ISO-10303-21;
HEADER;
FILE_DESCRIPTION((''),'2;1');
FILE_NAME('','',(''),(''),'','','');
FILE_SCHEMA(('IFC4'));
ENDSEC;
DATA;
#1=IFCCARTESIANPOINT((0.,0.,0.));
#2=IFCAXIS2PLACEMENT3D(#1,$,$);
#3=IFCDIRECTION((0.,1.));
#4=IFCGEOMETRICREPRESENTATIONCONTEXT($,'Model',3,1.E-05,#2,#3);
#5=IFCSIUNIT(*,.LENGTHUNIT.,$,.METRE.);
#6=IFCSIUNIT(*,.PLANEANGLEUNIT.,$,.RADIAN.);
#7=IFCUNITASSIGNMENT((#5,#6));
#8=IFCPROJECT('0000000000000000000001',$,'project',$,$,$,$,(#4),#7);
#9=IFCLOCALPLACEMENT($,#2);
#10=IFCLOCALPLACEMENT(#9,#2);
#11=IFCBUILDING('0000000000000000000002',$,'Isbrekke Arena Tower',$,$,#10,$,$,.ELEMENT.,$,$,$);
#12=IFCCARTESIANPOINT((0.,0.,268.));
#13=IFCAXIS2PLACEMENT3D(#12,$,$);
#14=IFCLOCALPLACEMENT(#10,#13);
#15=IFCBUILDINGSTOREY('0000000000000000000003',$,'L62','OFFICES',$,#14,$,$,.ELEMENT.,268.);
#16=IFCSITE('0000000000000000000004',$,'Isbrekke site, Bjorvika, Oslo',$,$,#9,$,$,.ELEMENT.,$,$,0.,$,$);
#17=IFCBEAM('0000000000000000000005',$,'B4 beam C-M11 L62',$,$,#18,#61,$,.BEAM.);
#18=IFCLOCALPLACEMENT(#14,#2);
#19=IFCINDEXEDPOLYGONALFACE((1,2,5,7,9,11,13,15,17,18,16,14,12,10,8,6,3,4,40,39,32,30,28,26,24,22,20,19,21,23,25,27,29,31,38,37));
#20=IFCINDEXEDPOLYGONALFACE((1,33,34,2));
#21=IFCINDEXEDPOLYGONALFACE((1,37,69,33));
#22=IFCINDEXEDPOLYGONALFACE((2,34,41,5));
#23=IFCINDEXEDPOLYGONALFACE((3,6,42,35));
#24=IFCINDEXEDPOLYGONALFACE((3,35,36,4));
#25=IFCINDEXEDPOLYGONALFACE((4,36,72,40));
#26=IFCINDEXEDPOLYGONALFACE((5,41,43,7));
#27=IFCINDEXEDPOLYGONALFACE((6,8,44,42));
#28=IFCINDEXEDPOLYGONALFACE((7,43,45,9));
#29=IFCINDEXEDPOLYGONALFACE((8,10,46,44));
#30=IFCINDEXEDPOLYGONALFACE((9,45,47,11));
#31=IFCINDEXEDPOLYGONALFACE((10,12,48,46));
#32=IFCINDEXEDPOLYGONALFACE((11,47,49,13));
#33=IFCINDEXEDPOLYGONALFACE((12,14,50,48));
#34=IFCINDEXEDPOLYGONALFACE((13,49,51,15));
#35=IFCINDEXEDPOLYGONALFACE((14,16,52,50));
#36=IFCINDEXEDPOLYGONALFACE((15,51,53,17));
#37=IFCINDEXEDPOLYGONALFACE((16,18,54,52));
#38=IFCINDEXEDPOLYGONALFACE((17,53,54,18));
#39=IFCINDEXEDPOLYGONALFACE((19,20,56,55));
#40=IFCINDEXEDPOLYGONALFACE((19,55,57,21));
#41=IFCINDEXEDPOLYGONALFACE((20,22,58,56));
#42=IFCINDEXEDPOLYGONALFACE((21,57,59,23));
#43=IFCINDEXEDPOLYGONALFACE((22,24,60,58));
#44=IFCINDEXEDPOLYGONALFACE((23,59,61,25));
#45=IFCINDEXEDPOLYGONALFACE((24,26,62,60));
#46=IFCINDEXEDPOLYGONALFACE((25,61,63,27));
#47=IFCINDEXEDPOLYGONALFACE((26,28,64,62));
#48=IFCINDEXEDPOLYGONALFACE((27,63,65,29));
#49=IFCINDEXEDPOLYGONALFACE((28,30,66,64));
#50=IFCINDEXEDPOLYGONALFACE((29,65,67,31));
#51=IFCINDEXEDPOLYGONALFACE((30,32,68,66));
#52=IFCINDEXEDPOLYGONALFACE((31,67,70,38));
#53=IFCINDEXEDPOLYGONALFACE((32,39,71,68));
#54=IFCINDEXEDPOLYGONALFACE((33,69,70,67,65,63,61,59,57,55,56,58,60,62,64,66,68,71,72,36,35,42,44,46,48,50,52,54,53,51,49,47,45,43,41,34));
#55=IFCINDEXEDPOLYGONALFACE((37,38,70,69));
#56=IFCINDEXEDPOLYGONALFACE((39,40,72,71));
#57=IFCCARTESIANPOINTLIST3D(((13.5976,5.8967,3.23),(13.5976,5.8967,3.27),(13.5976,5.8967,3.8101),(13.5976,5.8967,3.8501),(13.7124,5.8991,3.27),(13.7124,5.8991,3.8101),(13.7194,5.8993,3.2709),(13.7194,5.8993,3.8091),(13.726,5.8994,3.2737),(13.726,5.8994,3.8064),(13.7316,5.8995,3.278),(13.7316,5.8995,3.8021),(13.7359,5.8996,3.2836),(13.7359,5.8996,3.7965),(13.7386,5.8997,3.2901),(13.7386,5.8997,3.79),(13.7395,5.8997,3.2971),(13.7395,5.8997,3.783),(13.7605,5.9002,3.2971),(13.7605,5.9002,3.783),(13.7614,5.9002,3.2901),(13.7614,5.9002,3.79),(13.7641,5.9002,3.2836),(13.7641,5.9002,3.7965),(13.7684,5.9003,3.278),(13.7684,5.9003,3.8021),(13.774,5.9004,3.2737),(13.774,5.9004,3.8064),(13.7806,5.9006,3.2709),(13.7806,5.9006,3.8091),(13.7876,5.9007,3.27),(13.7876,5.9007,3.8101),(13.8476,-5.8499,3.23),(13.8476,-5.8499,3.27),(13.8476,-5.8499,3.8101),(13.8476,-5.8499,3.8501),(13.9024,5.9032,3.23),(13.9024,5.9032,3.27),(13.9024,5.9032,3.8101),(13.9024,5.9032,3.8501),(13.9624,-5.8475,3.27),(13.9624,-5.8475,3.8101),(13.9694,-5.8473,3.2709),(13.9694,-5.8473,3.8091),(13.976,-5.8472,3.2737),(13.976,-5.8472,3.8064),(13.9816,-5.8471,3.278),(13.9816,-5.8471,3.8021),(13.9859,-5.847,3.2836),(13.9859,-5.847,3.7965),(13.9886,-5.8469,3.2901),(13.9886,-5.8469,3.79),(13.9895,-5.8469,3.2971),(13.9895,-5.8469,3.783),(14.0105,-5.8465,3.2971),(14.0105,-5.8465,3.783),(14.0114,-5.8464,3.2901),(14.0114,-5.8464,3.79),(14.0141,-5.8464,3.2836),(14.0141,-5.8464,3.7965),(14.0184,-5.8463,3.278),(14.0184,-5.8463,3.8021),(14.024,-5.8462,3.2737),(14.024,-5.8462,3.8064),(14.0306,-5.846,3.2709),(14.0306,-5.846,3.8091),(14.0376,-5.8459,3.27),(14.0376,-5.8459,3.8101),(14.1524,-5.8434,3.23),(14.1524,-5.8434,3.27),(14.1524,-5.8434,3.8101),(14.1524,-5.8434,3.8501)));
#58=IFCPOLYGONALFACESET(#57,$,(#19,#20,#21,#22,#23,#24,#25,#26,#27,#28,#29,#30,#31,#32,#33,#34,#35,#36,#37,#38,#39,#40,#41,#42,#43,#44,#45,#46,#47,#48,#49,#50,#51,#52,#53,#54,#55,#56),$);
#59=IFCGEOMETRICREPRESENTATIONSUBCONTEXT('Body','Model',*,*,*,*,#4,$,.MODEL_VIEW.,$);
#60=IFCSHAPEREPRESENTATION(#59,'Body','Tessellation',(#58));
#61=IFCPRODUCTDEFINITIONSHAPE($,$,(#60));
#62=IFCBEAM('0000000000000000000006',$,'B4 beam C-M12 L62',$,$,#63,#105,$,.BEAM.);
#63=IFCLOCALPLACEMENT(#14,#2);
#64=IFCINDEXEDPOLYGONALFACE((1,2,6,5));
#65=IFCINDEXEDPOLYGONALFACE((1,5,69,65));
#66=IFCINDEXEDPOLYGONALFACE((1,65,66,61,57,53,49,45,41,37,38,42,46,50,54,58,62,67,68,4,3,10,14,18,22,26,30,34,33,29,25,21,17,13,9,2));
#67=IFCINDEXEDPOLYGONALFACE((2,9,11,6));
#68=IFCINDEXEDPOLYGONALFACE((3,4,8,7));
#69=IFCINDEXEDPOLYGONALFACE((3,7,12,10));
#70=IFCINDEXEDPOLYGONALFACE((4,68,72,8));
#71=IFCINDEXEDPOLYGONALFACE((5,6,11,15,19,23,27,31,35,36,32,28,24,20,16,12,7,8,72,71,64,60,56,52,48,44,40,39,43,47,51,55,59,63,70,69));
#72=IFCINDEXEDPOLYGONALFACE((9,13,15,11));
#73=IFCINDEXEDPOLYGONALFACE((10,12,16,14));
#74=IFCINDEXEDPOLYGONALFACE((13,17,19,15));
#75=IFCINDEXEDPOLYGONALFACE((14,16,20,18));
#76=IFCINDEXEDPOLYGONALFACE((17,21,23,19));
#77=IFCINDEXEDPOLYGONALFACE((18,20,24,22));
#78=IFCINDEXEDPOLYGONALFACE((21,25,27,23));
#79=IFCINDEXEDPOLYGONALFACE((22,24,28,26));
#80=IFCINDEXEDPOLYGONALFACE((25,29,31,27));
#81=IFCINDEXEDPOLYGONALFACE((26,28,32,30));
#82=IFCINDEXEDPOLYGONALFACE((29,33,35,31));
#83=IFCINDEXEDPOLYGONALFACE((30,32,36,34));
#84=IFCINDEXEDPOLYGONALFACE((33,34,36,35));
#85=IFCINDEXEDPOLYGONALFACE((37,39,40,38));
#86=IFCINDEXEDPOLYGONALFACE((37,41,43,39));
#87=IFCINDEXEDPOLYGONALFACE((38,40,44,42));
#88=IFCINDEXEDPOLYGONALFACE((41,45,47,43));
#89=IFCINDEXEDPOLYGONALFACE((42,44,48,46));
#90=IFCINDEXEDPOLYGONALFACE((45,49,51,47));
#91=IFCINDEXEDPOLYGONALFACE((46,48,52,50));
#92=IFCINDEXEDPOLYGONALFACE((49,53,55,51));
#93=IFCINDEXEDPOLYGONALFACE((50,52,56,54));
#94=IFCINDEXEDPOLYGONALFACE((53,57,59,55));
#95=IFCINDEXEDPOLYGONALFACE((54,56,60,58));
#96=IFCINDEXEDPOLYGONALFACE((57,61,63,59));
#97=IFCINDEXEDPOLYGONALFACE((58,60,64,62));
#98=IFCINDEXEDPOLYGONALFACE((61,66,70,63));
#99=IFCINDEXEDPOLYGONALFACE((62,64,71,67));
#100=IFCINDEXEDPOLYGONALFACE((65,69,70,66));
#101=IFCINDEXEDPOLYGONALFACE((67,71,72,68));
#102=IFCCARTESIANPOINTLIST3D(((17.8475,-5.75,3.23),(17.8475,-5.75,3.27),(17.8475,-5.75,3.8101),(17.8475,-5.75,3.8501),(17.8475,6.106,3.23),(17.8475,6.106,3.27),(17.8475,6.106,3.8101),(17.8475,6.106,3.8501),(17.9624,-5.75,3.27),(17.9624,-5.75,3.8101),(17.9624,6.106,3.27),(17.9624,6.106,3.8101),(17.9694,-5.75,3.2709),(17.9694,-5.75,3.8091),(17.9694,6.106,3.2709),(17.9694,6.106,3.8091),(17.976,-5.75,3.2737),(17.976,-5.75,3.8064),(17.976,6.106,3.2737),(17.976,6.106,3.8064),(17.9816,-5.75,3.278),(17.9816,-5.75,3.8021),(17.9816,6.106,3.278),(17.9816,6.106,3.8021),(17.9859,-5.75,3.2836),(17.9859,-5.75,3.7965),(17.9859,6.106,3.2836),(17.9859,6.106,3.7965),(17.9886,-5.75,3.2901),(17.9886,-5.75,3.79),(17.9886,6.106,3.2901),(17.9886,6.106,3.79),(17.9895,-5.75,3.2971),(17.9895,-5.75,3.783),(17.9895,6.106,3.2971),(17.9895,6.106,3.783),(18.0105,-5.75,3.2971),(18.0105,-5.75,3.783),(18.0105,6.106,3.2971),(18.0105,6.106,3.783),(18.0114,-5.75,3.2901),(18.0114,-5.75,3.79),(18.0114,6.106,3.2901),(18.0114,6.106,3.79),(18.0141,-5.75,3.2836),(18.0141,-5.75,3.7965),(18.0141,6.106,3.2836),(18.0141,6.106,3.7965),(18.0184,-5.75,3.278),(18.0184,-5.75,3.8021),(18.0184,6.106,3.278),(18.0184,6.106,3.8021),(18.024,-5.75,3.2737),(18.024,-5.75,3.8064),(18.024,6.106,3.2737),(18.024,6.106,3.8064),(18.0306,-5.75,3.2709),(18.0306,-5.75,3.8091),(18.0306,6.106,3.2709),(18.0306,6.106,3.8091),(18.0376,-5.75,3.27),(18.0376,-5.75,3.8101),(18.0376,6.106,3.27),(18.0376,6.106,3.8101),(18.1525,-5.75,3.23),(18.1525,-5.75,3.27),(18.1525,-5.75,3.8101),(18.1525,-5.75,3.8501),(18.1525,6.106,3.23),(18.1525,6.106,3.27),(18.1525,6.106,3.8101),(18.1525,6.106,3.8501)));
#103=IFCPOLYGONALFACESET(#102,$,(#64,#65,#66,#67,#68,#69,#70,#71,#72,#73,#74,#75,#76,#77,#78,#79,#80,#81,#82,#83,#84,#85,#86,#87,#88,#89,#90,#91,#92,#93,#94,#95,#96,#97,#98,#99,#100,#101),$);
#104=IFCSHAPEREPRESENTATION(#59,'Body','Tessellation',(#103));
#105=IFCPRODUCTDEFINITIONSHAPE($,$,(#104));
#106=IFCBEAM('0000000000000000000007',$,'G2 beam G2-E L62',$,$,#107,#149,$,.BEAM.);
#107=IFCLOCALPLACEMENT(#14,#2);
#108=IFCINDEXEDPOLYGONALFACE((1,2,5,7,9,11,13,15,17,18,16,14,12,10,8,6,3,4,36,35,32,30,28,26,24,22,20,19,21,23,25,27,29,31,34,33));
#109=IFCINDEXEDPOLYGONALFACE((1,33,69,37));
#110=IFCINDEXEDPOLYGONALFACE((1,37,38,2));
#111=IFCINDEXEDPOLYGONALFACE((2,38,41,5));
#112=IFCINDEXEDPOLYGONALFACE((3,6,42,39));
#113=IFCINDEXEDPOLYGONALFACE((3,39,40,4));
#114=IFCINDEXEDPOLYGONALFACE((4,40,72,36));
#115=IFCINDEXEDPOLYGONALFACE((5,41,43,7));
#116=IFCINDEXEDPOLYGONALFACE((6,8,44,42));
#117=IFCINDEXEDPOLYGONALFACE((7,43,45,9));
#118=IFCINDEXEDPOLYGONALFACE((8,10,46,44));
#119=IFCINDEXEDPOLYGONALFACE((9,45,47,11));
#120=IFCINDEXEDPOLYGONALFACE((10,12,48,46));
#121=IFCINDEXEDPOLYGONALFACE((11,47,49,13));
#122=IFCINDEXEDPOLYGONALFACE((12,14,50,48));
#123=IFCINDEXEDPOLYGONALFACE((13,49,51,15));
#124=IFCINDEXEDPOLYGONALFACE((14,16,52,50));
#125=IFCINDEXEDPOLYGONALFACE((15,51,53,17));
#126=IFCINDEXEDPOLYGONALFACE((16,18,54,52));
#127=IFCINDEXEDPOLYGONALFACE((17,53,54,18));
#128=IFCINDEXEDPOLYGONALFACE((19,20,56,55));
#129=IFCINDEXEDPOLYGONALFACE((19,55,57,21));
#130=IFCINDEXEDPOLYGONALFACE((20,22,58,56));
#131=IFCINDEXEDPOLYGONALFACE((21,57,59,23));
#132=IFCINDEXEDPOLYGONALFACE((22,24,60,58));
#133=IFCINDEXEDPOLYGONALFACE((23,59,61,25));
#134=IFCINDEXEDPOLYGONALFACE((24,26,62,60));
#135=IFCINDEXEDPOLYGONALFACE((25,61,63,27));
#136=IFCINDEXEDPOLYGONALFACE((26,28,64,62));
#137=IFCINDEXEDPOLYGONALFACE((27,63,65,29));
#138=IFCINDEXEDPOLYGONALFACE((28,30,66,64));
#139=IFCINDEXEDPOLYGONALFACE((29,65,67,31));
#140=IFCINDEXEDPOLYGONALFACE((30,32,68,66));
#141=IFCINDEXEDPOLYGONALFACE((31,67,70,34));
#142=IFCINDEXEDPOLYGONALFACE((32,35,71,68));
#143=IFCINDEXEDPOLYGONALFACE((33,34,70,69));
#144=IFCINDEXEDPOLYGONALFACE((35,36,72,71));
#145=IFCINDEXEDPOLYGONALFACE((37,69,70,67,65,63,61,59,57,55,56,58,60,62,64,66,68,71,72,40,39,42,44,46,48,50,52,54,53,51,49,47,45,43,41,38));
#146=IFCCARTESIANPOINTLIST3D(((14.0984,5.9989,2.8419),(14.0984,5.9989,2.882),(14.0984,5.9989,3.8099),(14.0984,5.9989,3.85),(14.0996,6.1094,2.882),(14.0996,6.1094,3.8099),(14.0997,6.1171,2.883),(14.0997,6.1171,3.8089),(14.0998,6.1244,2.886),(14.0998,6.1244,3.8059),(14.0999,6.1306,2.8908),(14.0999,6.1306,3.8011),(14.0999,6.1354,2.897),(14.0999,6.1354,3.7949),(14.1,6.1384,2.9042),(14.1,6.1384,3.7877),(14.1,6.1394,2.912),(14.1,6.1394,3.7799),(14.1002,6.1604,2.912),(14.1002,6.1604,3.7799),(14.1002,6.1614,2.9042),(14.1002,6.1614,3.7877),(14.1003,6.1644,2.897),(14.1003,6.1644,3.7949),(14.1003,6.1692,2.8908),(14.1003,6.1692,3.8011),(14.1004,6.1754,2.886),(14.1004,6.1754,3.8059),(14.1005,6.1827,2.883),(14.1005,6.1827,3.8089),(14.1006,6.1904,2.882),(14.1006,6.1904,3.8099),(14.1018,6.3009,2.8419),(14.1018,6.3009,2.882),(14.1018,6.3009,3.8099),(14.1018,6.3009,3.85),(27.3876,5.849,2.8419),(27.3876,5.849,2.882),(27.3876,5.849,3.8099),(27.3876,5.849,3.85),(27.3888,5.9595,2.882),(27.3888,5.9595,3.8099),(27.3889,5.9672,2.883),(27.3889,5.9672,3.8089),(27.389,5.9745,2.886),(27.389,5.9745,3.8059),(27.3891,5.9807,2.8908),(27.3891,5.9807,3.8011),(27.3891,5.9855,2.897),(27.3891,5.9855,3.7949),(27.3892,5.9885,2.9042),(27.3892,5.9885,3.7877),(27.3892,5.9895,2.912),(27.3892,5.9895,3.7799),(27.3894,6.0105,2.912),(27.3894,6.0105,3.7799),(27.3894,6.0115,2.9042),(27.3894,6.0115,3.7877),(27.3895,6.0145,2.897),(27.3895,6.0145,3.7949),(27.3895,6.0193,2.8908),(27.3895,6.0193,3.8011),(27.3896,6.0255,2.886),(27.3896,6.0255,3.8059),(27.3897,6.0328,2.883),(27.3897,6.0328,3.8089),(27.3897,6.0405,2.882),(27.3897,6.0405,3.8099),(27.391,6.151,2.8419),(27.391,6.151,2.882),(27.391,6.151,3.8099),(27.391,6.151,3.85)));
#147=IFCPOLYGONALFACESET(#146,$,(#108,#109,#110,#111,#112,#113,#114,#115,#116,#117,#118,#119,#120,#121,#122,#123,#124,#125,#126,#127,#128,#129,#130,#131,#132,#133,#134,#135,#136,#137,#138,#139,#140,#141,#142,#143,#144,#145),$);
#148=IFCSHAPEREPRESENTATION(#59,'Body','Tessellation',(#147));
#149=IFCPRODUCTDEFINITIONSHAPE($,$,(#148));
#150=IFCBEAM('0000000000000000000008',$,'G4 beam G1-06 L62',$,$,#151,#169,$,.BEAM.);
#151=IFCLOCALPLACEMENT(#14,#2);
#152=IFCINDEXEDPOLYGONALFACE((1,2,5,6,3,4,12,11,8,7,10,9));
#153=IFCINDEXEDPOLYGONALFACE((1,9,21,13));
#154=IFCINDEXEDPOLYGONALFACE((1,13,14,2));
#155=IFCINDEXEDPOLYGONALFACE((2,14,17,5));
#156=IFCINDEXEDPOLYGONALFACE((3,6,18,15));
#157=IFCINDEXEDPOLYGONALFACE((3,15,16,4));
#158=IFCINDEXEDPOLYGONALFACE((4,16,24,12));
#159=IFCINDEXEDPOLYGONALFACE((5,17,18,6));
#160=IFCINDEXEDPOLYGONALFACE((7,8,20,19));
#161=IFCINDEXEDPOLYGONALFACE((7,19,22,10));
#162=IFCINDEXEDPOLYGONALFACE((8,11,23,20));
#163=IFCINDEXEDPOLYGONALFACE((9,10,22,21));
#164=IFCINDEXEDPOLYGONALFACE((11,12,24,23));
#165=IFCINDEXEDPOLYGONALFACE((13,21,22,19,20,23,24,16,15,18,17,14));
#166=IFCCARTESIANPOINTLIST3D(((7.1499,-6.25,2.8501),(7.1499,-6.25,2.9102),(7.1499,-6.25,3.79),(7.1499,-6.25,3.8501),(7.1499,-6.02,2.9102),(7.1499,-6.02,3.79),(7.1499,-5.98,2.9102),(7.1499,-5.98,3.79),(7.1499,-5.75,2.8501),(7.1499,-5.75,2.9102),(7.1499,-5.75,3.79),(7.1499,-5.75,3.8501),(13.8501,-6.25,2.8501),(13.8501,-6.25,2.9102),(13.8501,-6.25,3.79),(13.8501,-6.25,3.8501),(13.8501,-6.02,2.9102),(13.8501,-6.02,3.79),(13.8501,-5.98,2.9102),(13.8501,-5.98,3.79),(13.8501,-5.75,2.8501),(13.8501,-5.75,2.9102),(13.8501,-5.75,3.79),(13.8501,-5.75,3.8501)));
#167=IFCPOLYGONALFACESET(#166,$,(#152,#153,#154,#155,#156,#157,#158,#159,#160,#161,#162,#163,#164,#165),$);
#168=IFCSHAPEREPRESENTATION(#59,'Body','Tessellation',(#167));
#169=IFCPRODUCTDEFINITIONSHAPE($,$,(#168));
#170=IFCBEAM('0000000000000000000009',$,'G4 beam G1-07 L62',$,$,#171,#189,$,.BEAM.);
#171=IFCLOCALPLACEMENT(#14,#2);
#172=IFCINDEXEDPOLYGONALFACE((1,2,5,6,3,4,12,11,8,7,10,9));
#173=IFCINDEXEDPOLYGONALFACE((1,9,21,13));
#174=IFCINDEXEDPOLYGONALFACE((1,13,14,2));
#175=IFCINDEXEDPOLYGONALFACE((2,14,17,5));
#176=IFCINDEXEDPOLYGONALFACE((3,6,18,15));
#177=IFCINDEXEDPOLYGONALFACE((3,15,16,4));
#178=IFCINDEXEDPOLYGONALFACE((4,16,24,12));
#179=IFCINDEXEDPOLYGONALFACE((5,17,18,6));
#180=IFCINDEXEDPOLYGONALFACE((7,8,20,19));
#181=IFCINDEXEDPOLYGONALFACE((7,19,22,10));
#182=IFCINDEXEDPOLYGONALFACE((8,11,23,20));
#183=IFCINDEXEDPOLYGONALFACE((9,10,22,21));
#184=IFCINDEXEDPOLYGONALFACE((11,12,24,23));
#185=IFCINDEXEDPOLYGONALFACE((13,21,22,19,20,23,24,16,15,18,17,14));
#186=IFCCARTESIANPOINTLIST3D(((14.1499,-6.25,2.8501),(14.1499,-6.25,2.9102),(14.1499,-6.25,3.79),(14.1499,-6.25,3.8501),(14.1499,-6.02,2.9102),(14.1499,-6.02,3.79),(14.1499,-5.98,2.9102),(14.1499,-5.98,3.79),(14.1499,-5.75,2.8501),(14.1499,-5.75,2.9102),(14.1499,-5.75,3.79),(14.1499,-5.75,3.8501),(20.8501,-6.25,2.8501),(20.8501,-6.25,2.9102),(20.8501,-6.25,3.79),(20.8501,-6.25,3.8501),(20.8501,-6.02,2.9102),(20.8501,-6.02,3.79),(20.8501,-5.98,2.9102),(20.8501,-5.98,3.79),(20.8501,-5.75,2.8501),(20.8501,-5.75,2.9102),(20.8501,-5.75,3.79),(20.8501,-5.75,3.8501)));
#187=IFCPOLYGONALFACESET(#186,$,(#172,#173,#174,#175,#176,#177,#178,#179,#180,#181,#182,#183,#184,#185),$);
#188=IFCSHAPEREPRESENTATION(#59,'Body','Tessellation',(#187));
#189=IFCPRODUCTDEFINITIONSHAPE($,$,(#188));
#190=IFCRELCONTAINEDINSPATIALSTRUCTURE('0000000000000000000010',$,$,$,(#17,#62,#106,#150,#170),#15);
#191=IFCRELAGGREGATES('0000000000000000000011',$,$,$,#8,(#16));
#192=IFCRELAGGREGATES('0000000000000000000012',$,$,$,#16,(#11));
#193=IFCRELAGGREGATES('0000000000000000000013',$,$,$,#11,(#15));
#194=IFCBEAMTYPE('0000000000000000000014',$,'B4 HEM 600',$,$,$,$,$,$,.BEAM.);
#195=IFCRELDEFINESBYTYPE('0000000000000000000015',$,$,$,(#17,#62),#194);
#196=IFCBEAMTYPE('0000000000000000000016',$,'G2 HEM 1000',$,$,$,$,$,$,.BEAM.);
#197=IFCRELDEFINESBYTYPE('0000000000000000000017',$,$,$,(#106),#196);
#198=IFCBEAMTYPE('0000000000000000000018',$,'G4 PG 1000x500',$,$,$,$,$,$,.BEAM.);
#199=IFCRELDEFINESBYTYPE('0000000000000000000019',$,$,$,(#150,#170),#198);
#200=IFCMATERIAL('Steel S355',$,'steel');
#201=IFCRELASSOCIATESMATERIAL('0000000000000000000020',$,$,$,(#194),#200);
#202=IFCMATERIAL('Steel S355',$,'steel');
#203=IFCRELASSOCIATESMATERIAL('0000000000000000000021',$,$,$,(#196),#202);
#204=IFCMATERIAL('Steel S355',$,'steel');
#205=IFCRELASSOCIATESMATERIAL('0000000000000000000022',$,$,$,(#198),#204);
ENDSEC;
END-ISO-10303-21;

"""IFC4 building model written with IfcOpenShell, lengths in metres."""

from ifc_helpers import new_model, si_unit, direction, frame, origin, origin_2d, place, context, subcontext, project, spatial, i_section, extrude, material, material_profile, profile_set, type_object, element, save


model = new_model("IFC4")

# Units and contexts
model_context = context("Model", 3, precision=1e-05, world=origin(), true_north=direction((0.0, 1.0)))
body_context = subcontext(model_context, "Body", "Model", "MODEL_VIEW")
ifc_project = project(units=[si_unit("LENGTHUNIT", "METRE"), si_unit("PLANEANGLEUNIT", "RADIAN")], contexts=[model_context])

# Site, building, storey
site_placement = place(None, origin())
site = spatial("IfcSite", under=ifc_project, at=site_placement, Name="Isbrekke site, Bjorvika, Oslo", CompositionType="ELEMENT", RefElevation=0.0)
building_placement = place(site_placement, origin())
building = spatial("IfcBuilding", under=site, at=building_placement, Name="Isbrekke Arena Tower", CompositionType="ELEMENT")
storey_placement = place(building_placement, frame((0.0, 0.0, 268.0)))
storey = spatial("IfcBuildingStorey", under=building, at=storey_placement, Name="L62", Description="OFFICES", CompositionType="ELEMENT", Elevation=268.0)

# Beams
ifc_material_1 = material(Name="Steel S355", Category="steel")
ifc_material_profile_1 = material_profile(ifc_material_1, i_section(OverallWidth=0.3049, OverallDepth=0.6201, WebThickness=0.021, FlangeThickness=0.04, FilletRadius=0.0271, at=origin_2d()), Name="HEM 600")
ifc_profile_set_1 = profile_set([ifc_material_profile_1], Name="Steel S355")
beam_type_1 = type_object("IfcBeamType", Name="B4 HEM 600", PredefinedType="BEAM", material=ifc_profile_set_1)
beam_1_placement = place(storey_placement, frame((14.0, -5.8467, 3.54), z_axis=(-0.021278, 0.999774, 0.0), x_axis=(-0.999774, -0.021278, 0.0)))
element("IfcBeam", 1, at=beam_1_placement, inside=storey, type_object=beam_type_1, Name="B4 beam C-M11 L62", PredefinedType="BEAM", context=body_context, shape_type="SweptSolid", body=[
    extrude(i_section(OverallWidth=0.3049, OverallDepth=0.6201, WebThickness=0.021, FlangeThickness=0.04, FilletRadius=0.0271, at=origin_2d()), origin(), (0.0, 0.0, 1.0), 11.7493),
])
beam_2_placement = place(storey_placement, frame((18.0, -5.75, 3.54), z_axis=(0.0, 1.0, 0.0), x_axis=(-1.0, 0.0, 0.0)))
element("IfcBeam", 2, at=beam_2_placement, inside=storey, type_object=beam_type_1, Name="B4 beam C-M12 L62", PredefinedType="BEAM", context=body_context, shape_type="SweptSolid", body=[
    extrude(i_section(OverallWidth=0.3049, OverallDepth=0.6201, WebThickness=0.021, FlangeThickness=0.04, FilletRadius=0.0271, at=origin_2d()), origin(), (0.0, 0.0, 1.0), 11.856),
])
ifc_material_2 = material(Name="Steel S355", Category="steel")
ifc_material_profile_2 = material_profile(ifc_material_2, i_section(OverallWidth=0.302, OverallDepth=1.0081, WebThickness=0.021, FlangeThickness=0.04, FilletRadius=0.03, at=origin_2d()), Name="HEM 1000")
ifc_profile_set_2 = profile_set([ifc_material_profile_2], Name="Steel S355")
beam_type_2 = type_object("IfcBeamType", Name="G2 HEM 1000", PredefinedType="BEAM", material=ifc_profile_set_2)
beam_3_placement = place(storey_placement, frame((14.1001, 6.1499, 3.3459), z_axis=(0.999936, -0.011279, 0.0), x_axis=(0.011279, 0.999936, 0.0)))
element("IfcBeam", 3, at=beam_3_placement, inside=storey, type_object=beam_type_2, Name="G2 beam G2-E L62", PredefinedType="BEAM", context=body_context, shape_type="SweptSolid", body=[
    extrude(i_section(OverallWidth=0.302, OverallDepth=1.0081, WebThickness=0.021, FlangeThickness=0.04, FilletRadius=0.03, at=origin_2d()), origin(), (0.0, 0.0, 1.0), 13.29),
])
ifc_material_3 = material(Name="Steel S355", Category="steel")
ifc_material_profile_3 = material_profile(ifc_material_3, i_section(OverallWidth=0.5, OverallDepth=1.0, WebThickness=0.04, FlangeThickness=0.0601, at=origin_2d()), Name="PG 1000x500")
ifc_profile_set_3 = profile_set([ifc_material_profile_3], Name="Steel S355")
beam_type_3 = type_object("IfcBeamType", Name="G4 PG 1000x500", PredefinedType="BEAM", material=ifc_profile_set_3)
for number, where, z_axis, x_axis, name in (
    (4, (7.1499, -6.0, 3.3501), (1.0, 0.0, 0.0), (0.0, 1.0, 0.0), "G4 beam G1-06 L62"),
    (5, (14.1499, -6.0, 3.3501), (1.0, 0.0, 0.0), (0.0, 1.0, 0.0), "G4 beam G1-07 L62"),
):
    element("IfcBeam", number, at=place(storey_placement, frame(where, z_axis=z_axis, x_axis=x_axis)), inside=storey, type_object=beam_type_3, Name=name, PredefinedType="BEAM", context=body_context, shape_type="SweptSolid", body=[
        extrude(i_section(OverallWidth=0.5, OverallDepth=1.0, WebThickness=0.04, FlangeThickness=0.0601, at=origin_2d()), origin(), (0.0, 0.0, 1.0), 6.7002),
    ])

save(model, "model.ifc")
